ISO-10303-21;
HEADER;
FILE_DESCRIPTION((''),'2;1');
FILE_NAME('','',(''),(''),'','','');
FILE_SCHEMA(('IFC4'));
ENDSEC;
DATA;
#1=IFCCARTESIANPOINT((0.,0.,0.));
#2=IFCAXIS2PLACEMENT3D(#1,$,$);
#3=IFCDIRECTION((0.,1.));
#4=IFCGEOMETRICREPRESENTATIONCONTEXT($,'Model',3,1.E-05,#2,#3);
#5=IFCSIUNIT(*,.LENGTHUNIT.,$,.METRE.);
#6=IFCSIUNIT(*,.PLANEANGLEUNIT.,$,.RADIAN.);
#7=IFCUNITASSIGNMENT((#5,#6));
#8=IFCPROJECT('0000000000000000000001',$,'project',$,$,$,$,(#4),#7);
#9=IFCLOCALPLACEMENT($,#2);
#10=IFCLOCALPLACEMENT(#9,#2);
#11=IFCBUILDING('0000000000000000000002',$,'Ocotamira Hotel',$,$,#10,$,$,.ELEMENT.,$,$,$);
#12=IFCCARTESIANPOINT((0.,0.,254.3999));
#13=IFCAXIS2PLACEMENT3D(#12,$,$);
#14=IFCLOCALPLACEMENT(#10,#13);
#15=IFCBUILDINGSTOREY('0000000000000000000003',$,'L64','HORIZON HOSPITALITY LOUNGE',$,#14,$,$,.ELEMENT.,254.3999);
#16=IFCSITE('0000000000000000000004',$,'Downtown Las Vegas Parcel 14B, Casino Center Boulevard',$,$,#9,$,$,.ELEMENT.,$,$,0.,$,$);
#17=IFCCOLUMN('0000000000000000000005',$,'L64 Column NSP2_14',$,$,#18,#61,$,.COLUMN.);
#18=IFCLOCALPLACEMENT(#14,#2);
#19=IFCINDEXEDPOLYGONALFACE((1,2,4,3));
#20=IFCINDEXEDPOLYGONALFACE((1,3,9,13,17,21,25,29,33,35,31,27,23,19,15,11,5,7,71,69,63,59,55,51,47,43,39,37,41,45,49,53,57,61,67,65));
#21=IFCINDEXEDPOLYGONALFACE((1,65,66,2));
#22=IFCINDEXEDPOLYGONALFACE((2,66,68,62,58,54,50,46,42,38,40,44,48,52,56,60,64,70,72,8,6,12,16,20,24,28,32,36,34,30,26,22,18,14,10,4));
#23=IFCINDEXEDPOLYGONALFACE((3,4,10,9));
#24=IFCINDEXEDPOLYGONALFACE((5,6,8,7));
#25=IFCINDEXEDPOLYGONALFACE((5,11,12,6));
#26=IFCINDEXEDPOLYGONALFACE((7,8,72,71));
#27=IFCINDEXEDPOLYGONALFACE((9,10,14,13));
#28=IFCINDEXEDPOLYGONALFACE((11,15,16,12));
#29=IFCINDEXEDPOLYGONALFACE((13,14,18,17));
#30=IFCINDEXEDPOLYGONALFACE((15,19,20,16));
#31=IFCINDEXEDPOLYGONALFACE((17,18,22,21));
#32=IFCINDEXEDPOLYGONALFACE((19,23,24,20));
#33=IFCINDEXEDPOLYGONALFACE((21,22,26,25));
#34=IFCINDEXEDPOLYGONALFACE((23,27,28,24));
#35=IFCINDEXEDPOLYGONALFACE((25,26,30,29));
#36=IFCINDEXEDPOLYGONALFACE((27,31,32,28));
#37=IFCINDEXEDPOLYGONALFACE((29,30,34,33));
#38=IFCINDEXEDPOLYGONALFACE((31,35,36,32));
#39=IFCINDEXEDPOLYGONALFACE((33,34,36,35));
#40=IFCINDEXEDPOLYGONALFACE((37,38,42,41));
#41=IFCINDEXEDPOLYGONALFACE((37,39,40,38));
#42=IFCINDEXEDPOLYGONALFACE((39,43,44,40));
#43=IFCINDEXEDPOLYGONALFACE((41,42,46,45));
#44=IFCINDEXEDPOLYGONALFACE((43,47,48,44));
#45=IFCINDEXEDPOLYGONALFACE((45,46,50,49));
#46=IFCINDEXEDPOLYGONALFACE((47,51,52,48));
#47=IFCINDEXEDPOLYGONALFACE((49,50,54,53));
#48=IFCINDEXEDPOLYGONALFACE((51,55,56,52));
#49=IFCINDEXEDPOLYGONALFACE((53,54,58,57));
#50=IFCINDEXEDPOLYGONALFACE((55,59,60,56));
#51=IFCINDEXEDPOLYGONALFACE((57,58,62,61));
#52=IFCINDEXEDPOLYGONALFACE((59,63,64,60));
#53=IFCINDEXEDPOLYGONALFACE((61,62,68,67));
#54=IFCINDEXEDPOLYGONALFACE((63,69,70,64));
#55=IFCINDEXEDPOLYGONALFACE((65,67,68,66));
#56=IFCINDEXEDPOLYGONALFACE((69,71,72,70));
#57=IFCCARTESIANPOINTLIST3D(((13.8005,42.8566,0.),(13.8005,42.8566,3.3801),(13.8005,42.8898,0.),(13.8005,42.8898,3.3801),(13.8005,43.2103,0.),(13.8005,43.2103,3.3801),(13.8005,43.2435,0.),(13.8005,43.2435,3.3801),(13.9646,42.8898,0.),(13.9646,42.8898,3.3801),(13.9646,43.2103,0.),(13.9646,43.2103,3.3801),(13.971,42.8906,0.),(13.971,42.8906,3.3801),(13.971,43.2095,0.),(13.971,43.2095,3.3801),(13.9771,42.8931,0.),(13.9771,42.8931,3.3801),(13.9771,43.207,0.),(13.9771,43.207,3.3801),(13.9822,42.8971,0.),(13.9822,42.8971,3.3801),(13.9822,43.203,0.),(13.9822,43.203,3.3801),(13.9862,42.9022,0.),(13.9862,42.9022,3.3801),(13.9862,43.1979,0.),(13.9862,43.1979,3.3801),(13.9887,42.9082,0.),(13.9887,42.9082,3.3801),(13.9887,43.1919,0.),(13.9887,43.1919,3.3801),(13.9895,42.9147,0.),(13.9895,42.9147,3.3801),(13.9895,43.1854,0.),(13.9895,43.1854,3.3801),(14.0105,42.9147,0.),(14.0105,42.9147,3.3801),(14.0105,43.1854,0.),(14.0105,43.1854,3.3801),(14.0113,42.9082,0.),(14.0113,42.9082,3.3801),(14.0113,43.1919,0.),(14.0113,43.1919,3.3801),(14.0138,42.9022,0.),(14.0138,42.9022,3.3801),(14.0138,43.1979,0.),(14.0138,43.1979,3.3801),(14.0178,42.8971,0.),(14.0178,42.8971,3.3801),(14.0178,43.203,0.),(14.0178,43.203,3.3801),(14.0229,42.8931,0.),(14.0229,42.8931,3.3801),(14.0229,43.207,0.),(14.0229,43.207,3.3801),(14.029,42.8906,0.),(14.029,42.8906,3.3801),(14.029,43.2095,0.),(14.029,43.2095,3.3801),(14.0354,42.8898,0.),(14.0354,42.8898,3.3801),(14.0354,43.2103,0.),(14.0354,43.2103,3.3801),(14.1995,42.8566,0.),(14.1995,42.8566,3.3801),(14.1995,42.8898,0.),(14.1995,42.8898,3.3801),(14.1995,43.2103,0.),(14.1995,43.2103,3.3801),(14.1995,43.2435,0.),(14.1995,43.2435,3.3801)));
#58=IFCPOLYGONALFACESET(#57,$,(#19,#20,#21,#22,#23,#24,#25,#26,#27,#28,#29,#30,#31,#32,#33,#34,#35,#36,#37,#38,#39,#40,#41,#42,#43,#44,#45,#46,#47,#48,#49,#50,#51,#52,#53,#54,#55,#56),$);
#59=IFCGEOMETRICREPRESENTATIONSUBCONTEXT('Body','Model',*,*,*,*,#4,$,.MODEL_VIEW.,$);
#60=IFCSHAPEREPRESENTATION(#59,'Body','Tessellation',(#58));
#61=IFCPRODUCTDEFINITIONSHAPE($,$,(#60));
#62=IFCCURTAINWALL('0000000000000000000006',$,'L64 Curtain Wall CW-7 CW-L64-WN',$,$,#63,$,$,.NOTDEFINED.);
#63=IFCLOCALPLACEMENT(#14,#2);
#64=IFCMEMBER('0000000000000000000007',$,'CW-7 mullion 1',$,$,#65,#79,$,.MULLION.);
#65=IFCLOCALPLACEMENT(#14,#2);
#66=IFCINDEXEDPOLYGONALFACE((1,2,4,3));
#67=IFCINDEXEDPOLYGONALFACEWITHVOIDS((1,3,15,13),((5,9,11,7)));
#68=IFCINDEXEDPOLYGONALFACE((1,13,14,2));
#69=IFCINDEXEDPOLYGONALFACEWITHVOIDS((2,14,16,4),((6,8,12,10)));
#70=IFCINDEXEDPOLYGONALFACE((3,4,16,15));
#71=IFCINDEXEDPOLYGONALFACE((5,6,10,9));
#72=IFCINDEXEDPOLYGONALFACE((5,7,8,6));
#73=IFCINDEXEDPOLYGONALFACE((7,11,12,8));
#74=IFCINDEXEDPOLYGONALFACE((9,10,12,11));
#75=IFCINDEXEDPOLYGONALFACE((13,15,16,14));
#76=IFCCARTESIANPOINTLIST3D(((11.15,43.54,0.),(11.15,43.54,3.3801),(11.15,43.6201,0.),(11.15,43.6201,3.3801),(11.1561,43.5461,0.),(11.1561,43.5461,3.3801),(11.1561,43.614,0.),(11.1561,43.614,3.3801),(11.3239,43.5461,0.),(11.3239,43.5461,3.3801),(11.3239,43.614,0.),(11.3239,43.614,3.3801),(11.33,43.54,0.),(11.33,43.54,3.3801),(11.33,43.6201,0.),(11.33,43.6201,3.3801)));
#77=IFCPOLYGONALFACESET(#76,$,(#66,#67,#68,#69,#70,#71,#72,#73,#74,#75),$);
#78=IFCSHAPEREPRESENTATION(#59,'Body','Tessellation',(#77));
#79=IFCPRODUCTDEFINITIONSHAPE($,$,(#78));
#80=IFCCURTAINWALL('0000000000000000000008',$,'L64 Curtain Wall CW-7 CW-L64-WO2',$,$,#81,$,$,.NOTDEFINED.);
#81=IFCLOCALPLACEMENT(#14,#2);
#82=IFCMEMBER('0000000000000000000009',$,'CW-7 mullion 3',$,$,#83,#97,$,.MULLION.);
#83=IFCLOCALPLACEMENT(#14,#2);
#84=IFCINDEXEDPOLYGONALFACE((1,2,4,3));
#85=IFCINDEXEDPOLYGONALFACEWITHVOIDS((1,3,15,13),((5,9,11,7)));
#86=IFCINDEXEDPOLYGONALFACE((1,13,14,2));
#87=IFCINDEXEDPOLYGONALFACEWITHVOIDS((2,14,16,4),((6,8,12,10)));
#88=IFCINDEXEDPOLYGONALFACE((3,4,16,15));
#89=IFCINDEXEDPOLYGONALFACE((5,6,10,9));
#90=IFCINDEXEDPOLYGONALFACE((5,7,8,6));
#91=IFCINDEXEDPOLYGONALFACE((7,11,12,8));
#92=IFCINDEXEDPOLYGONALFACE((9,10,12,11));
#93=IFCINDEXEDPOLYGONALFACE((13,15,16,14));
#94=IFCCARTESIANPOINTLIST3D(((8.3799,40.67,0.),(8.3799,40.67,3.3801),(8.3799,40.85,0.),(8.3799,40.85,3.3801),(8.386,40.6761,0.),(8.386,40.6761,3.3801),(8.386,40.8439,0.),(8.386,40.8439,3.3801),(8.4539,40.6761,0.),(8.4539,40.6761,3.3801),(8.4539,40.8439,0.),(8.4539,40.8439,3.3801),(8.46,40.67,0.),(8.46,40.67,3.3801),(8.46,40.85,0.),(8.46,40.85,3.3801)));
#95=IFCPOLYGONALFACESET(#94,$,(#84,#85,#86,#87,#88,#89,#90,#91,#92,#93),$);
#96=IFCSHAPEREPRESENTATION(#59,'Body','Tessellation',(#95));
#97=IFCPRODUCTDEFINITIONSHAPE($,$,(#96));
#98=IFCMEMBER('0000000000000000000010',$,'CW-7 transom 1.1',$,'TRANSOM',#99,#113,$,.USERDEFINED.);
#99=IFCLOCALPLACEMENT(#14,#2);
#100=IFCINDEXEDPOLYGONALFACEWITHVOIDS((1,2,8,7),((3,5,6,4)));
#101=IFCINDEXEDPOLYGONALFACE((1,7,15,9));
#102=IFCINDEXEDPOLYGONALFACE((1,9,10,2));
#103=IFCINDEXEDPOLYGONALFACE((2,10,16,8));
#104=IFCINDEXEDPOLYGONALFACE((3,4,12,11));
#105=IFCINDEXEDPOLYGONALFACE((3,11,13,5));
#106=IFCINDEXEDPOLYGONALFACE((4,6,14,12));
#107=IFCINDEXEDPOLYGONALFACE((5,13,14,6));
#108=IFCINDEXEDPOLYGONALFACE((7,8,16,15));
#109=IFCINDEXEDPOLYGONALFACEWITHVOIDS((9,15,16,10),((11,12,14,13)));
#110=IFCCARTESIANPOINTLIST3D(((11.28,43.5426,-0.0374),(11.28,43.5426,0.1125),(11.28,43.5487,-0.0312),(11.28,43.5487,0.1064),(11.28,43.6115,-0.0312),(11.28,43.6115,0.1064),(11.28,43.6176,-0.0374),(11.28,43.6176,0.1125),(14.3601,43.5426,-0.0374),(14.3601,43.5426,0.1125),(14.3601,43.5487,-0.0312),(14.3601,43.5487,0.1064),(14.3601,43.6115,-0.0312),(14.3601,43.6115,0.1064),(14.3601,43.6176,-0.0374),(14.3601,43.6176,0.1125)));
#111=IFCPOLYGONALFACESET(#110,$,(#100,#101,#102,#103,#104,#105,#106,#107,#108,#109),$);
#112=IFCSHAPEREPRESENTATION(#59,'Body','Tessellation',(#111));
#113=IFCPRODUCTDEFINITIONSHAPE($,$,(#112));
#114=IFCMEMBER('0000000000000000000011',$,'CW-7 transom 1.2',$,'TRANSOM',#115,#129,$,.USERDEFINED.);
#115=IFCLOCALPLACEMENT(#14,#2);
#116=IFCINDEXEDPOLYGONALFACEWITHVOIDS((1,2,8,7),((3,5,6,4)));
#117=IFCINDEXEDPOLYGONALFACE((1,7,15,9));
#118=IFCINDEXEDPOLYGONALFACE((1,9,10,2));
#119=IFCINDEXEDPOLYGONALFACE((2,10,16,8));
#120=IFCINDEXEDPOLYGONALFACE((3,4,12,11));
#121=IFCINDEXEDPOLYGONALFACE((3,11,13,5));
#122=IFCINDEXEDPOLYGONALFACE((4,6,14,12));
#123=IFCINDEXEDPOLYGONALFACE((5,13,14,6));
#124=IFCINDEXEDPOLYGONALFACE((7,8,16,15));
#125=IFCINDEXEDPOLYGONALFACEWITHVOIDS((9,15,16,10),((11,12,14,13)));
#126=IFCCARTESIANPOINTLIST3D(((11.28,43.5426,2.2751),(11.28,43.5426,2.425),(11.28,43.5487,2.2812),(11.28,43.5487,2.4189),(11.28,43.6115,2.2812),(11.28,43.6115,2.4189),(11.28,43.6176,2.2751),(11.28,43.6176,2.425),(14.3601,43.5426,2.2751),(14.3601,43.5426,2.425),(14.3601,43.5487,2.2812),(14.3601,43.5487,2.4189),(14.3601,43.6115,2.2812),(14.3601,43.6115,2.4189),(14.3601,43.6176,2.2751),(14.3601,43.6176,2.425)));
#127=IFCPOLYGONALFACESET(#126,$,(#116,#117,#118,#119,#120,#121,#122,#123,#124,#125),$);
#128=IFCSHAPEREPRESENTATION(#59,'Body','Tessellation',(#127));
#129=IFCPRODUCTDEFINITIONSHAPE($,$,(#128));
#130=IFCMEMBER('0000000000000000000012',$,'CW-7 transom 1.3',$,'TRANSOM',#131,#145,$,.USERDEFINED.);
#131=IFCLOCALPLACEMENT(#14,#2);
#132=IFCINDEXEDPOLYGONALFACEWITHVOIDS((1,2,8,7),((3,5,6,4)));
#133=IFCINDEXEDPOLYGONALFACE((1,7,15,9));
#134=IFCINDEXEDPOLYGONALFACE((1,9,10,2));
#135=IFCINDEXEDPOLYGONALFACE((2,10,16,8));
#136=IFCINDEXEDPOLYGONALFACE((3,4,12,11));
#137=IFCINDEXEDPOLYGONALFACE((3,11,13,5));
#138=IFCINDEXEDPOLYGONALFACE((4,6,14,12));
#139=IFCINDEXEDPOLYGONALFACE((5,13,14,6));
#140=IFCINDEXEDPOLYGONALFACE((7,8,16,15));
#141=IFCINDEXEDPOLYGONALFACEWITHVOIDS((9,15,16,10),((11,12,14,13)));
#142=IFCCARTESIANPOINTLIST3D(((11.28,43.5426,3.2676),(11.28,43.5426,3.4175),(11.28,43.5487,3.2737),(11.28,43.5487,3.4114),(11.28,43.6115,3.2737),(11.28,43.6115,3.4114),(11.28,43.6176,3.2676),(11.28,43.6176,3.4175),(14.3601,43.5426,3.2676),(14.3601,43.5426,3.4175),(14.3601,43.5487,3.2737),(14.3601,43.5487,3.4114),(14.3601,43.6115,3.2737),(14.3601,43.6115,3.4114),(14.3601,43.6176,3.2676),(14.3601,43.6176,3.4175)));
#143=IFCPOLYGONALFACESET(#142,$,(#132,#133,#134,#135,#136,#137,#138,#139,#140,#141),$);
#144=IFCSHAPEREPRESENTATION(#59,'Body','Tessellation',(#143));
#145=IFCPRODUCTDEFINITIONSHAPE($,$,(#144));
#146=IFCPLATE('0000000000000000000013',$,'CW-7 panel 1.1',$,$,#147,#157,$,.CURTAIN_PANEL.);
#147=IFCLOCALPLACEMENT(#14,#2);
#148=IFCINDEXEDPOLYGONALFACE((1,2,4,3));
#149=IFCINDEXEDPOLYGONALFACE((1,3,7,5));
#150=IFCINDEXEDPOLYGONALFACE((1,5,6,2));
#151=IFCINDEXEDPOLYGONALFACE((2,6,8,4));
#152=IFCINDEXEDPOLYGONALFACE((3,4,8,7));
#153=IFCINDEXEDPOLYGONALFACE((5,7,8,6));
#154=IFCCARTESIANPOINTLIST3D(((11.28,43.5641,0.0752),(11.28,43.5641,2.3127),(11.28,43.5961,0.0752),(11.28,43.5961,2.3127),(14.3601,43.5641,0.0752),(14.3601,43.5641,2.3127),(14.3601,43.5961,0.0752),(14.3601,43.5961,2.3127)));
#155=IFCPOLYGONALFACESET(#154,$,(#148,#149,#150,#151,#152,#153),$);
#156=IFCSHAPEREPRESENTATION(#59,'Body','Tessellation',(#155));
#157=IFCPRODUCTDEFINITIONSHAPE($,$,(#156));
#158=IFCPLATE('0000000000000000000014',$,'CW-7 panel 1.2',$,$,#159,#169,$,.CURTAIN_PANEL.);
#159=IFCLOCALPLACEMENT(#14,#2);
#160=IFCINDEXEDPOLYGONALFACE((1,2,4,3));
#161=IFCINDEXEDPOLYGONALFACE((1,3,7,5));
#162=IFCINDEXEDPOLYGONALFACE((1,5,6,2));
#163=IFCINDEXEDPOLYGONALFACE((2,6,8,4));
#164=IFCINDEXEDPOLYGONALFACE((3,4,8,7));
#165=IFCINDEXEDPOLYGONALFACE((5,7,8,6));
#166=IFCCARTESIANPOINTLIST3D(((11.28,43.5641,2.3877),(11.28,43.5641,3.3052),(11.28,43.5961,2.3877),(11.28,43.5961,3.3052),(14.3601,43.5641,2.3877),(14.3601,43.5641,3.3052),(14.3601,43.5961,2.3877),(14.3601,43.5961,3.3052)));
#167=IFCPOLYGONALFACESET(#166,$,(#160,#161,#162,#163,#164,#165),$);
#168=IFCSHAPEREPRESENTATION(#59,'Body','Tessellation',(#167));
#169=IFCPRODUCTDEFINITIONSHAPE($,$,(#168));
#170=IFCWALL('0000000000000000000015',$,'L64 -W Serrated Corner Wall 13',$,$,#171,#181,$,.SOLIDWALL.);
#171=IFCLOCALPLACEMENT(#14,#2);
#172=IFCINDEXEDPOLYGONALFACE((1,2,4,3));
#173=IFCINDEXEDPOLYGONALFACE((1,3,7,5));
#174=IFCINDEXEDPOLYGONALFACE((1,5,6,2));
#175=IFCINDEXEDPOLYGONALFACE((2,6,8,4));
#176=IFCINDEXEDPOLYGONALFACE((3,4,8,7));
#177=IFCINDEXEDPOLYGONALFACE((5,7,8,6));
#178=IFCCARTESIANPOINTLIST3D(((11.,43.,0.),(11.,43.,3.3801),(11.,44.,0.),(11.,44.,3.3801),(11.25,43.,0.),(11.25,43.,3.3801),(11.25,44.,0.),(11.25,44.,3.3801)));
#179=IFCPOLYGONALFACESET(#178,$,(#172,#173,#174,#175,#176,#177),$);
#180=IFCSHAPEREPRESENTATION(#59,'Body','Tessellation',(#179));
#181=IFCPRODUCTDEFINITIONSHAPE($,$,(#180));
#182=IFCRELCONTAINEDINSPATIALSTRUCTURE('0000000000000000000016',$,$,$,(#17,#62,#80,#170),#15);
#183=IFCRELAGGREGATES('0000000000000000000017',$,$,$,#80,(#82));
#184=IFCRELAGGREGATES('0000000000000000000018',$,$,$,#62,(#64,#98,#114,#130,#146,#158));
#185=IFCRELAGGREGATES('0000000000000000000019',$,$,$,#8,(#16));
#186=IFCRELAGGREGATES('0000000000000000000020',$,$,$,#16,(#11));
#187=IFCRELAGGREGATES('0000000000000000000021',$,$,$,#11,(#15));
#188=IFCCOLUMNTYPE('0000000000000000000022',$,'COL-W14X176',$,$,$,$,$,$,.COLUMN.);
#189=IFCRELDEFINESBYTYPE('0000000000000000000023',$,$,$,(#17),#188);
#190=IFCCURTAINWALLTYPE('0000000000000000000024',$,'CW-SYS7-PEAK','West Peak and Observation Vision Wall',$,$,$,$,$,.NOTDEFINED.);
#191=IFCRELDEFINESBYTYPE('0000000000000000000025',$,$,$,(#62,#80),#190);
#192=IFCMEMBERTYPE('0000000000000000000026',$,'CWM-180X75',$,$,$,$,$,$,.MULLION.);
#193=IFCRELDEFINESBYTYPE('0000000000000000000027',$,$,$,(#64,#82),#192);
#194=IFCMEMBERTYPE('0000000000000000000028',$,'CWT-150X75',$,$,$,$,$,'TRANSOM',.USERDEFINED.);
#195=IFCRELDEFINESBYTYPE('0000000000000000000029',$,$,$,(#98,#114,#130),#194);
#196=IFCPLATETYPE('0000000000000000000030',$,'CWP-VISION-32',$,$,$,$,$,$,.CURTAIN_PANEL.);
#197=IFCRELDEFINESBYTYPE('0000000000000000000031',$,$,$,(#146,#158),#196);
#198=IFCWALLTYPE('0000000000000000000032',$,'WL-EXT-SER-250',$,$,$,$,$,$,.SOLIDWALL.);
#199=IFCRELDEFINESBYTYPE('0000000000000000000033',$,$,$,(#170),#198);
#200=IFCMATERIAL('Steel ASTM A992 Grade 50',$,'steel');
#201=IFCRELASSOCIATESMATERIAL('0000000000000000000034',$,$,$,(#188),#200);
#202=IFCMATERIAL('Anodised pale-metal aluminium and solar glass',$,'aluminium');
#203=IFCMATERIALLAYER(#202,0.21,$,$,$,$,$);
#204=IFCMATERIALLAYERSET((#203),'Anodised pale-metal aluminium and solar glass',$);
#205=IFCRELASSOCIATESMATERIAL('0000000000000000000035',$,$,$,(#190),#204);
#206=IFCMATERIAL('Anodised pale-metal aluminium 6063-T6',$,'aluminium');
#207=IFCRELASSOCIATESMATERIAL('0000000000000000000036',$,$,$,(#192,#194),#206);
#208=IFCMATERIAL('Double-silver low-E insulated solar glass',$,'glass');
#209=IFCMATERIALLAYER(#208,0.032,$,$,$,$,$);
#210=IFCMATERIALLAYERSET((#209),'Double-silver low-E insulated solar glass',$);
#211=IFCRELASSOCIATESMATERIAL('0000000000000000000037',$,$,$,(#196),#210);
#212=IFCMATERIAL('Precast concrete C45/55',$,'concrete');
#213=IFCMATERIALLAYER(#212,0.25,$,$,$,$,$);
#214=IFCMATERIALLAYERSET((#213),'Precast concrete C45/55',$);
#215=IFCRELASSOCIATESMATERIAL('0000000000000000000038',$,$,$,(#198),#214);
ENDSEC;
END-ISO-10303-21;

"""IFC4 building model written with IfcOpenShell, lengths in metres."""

from ifc_helpers import new_model, si_unit, direction, frame, frame_2d, origin, origin_2d, place, context, subcontext, project, spatial, rectangle, hollow_rectangle, i_section, extrude, source, transform, mapped, material, layer, layer_set, material_profile, profile_set, type_object, element, aggregate, save


model = new_model("IFC4")

# Units and contexts
model_context = context("Model", 3, precision=1e-05, world=origin(), true_north=direction((0.0, 1.0)))
body_context = subcontext(model_context, "Body", "Model", "MODEL_VIEW")
ifc_project = project(units=[si_unit("LENGTHUNIT", "METRE"), si_unit("PLANEANGLEUNIT", "RADIAN")], contexts=[model_context])

# Site, building, storey
site_placement = place(None, origin())
site = spatial("IfcSite", under=ifc_project, at=site_placement, Name="Downtown Las Vegas Parcel 14B, Casino Center Boulevard", CompositionType="ELEMENT", RefElevation=0.0)
building_placement = place(site_placement, origin())
building = spatial("IfcBuilding", under=site, at=building_placement, Name="Ocotamira Hotel", CompositionType="ELEMENT")
storey_placement = place(building_placement, frame((0.0, 0.0, 254.3999)))
storey = spatial("IfcBuildingStorey", under=building, at=storey_placement, Name="L64", Description="HORIZON HOSPITALITY LOUNGE", CompositionType="ELEMENT", Elevation=254.3999)

# Column
ifc_material_1 = material(Name="Steel ASTM A992 Grade 50", Category="steel")
ifc_material_profile_1 = material_profile(ifc_material_1, i_section(OverallWidth=0.3989, OverallDepth=0.387, WebThickness=0.021, FlangeThickness=0.0332, FilletRadius=0.0249, at=origin_2d()), Name="W14X176")
ifc_profile_set_1 = profile_set([ifc_material_profile_1], Name="Steel ASTM A992 Grade 50")
column_type = type_object("IfcColumnType", Name="COL-W14X176", PredefinedType="COLUMN", material=ifc_profile_set_1)
shared_shape_1 = source(origin(), body_context, "Body", "SweptSolid", [
    extrude(i_section(OverallWidth=0.3989, OverallDepth=0.387, WebThickness=0.021, FlangeThickness=0.0332, FilletRadius=0.0249, at=origin_2d()), origin(), (0.0, 0.0, 1.0), 3.3801),
])
column_placement = place(storey_placement, frame((14.0, 43.05, 0.0), z_axis=(0.0, 0.0, 1.0), x_axis=(1.0, 0.0, 0.0)))
element("IfcColumn", 1, at=column_placement, inside=storey, type_object=column_type, Name="L64 Column NSP2_14", PredefinedType="COLUMN", context=body_context, shape_type="MappedRepresentation", body=[
    mapped(shared_shape_1, transform((0.0, 0.0, 0.0), scale=1.0)),
])

# Curtain walls, members
ifc_material_2 = material(Name="Anodised pale-metal aluminium and solar glass", Category="aluminium")
ifc_layer_1 = layer(ifc_material_2, 0.21)
ifc_layer_set_1 = layer_set([ifc_layer_1], Name="Anodised pale-metal aluminium and solar glass")
curtain_wall_type = type_object("IfcCurtainWallType", Name="CW-SYS7-PEAK", Description="West Peak and Observation Vision Wall", PredefinedType="NOTDEFINED", material=ifc_layer_set_1)
curtain_wall_1_placement = place(storey_placement, origin())
curtain_wall_1 = element("IfcCurtainWall", 2, at=curtain_wall_1_placement, inside=storey, type_object=curtain_wall_type, Name="L64 Curtain Wall CW-7 CW-L64-WN", PredefinedType="NOTDEFINED")
ifc_material_3 = material(Name="Anodised pale-metal aluminium 6063-T6", Category="aluminium")
ifc_material_profile_2 = material_profile(ifc_material_3, hollow_rectangle(XDim=0.0801, YDim=0.1799, WallThickness=0.0061, at=origin_2d()), Name="HSS180X80X6")
ifc_profile_set_2 = profile_set([ifc_material_profile_2], Name="Anodised pale-metal aluminium 6063-T6")
member_type_1 = type_object("IfcMemberType", Name="CWM-180X75", PredefinedType="MULLION", material=ifc_profile_set_2)
shared_shape_2 = source(origin(), body_context, "Body", "SweptSolid", [
    extrude(hollow_rectangle(XDim=0.0801, YDim=0.1799, WallThickness=0.0061, at=origin_2d()), origin(), (0.0, 0.0, 1.0), 3.3801),
])
member_1_placement = place(storey_placement, frame((11.24, 43.5801, 0.0), z_axis=(0.0, 0.0, 1.0), x_axis=(0.0, 1.0, 0.0)))
member_1 = element("IfcMember", 3, at=member_1_placement, type_object=member_type_1, Name="CW-7 mullion 1", PredefinedType="MULLION", context=body_context, shape_type="MappedRepresentation", body=[
    mapped(shared_shape_2, transform((0.0, 0.0, 0.0), scale=1.0)),
])
curtain_wall_2_placement = place(storey_placement, origin())
curtain_wall_2 = element("IfcCurtainWall", 4, at=curtain_wall_2_placement, inside=storey, type_object=curtain_wall_type, Name="L64 Curtain Wall CW-7 CW-L64-WO2", PredefinedType="NOTDEFINED")
member_2_placement = place(storey_placement, frame((8.4199, 40.76, 0.0), z_axis=(0.0, 0.0, 1.0), x_axis=(-1.0, 0.0, 0.0)))
member_2 = element("IfcMember", 5, at=member_2_placement, type_object=member_type_1, Name="CW-7 mullion 3", PredefinedType="MULLION", context=body_context, shape_type="MappedRepresentation", body=[
    mapped(shared_shape_2, transform((0.0, 0.0, 0.0), scale=1.0)),
])
aggregate(curtain_wall_2, [member_2])

# Members
ifc_material_profile_3 = material_profile(ifc_material_3, hollow_rectangle(XDim=0.075, YDim=0.1499, WallThickness=0.0061, at=origin_2d()), Name="HSS150X75X6")
ifc_profile_set_3 = profile_set([ifc_material_profile_3], Name="Anodised pale-metal aluminium 6063-T6")
member_type_2 = type_object("IfcMemberType", Name="CWT-150X75", ElementType="TRANSOM", PredefinedType="USERDEFINED", material=ifc_profile_set_3)
shared_shape_3 = source(origin(), body_context, "Body", "SweptSolid", [
    extrude(hollow_rectangle(XDim=0.075, YDim=0.1499, WallThickness=0.0061, at=origin_2d()), origin(), (0.0, 0.0, 1.0), 3.0801),
])
member_3_placement = place(storey_placement, frame((11.28, 43.5801, 0.0376), z_axis=(1.0, 0.0, 0.0), x_axis=(0.0, 1.0, 0.0)))
member_3 = element("IfcMember", 6, at=member_3_placement, type_object=member_type_2, Name="CW-7 transom 1.1", ObjectType="TRANSOM", PredefinedType="USERDEFINED", context=body_context, shape_type="MappedRepresentation", body=[
    mapped(shared_shape_3, transform((0.0, 0.0, 0.0), scale=1.0)),
])
member_4_placement = place(storey_placement, frame((11.28, 43.5801, 2.3501), z_axis=(1.0, 0.0, 0.0), x_axis=(0.0, 1.0, 0.0)))
member_4 = element("IfcMember", 7, at=member_4_placement, type_object=member_type_2, Name="CW-7 transom 1.2", ObjectType="TRANSOM", PredefinedType="USERDEFINED", context=body_context, shape_type="MappedRepresentation", body=[
    mapped(shared_shape_3, transform((0.0, 0.0, 0.0), scale=1.0)),
])
member_5_placement = place(storey_placement, frame((11.28, 43.5801, 3.3425), z_axis=(1.0, 0.0, 0.0), x_axis=(0.0, 1.0, 0.0)))
member_5 = element("IfcMember", 8, at=member_5_placement, type_object=member_type_2, Name="CW-7 transom 1.3", ObjectType="TRANSOM", PredefinedType="USERDEFINED", context=body_context, shape_type="MappedRepresentation", body=[
    mapped(shared_shape_3, transform((0.0, 0.0, 0.0), scale=1.0)),
])

# Plates
ifc_material_4 = material(Name="Double-silver low-E insulated solar glass", Category="glass")
ifc_layer_2 = layer(ifc_material_4, 0.032)
ifc_layer_set_2 = layer_set([ifc_layer_2], Name="Double-silver low-E insulated solar glass")
plate_type = type_object("IfcPlateType", Name="CWP-VISION-32", PredefinedType="CURTAIN_PANEL", material=ifc_layer_set_2)
shared_shape_4 = source(origin(), body_context, "Body", "SweptSolid", [
    extrude(rectangle(XDim=3.0801, YDim=0.032, at=origin_2d()), origin(), (0.0, 0.0, 1.0), 2.2375),
])
plate_1_placement = place(storey_placement, frame((12.8201, 43.5801, 0.0752), z_axis=(0.0, 0.0, 1.0), x_axis=(1.0, 0.0, 0.0)))
plate_1 = element("IfcPlate", 9, at=plate_1_placement, type_object=plate_type, Name="CW-7 panel 1.1", PredefinedType="CURTAIN_PANEL", context=body_context, shape_type="MappedRepresentation", body=[
    mapped(shared_shape_4, transform((0.0, 0.0, 0.0), scale=1.0)),
])
shared_shape_5 = source(origin(), body_context, "Body", "SweptSolid", [
    extrude(rectangle(XDim=3.0801, YDim=0.032, at=origin_2d()), origin(), (0.0, 0.0, 1.0), 0.9175),
])
plate_2_placement = place(storey_placement, frame((12.8201, 43.5801, 2.3877), z_axis=(0.0, 0.0, 1.0), x_axis=(1.0, 0.0, 0.0)))
plate_2 = element("IfcPlate", 10, at=plate_2_placement, type_object=plate_type, Name="CW-7 panel 1.2", PredefinedType="CURTAIN_PANEL", context=body_context, shape_type="MappedRepresentation", body=[
    mapped(shared_shape_5, transform((0.0, 0.0, 0.0), scale=1.0)),
])
aggregate(curtain_wall_1, [member_1, member_3, member_4, member_5, plate_1, plate_2])

# Wall
ifc_material_5 = material(Name="Precast concrete C45/55", Category="concrete")
ifc_layer_3 = layer(ifc_material_5, 0.25)
ifc_layer_set_3 = layer_set([ifc_layer_3], Name="Precast concrete C45/55")
wall_type_1 = type_object("IfcWallType", Name="WL-EXT-SER-250", PredefinedType="SOLIDWALL", material=ifc_layer_set_3)
for number, where, z_axis, x_axis, name in (
    (11, (11.125, 44.0, 0.0), (0.0, 0.0, 1.0), (0.0, -1.0, 0.0), "L64 -W Serrated Corner Wall 13"),
):
    element("IfcWall", number, at=place(storey_placement, frame(where, z_axis=z_axis, x_axis=x_axis)), inside=storey, type_object=wall_type_1, Name=name, PredefinedType="SOLIDWALL", context=body_context, shape_type="SweptSolid", body=[
        extrude(rectangle(XDim=1.0, YDim=0.25, at=frame_2d((0.5, 0.0))), origin(), (0.0, 0.0, 1.0), 3.3801),
    ])

save(model, "model.ifc")
